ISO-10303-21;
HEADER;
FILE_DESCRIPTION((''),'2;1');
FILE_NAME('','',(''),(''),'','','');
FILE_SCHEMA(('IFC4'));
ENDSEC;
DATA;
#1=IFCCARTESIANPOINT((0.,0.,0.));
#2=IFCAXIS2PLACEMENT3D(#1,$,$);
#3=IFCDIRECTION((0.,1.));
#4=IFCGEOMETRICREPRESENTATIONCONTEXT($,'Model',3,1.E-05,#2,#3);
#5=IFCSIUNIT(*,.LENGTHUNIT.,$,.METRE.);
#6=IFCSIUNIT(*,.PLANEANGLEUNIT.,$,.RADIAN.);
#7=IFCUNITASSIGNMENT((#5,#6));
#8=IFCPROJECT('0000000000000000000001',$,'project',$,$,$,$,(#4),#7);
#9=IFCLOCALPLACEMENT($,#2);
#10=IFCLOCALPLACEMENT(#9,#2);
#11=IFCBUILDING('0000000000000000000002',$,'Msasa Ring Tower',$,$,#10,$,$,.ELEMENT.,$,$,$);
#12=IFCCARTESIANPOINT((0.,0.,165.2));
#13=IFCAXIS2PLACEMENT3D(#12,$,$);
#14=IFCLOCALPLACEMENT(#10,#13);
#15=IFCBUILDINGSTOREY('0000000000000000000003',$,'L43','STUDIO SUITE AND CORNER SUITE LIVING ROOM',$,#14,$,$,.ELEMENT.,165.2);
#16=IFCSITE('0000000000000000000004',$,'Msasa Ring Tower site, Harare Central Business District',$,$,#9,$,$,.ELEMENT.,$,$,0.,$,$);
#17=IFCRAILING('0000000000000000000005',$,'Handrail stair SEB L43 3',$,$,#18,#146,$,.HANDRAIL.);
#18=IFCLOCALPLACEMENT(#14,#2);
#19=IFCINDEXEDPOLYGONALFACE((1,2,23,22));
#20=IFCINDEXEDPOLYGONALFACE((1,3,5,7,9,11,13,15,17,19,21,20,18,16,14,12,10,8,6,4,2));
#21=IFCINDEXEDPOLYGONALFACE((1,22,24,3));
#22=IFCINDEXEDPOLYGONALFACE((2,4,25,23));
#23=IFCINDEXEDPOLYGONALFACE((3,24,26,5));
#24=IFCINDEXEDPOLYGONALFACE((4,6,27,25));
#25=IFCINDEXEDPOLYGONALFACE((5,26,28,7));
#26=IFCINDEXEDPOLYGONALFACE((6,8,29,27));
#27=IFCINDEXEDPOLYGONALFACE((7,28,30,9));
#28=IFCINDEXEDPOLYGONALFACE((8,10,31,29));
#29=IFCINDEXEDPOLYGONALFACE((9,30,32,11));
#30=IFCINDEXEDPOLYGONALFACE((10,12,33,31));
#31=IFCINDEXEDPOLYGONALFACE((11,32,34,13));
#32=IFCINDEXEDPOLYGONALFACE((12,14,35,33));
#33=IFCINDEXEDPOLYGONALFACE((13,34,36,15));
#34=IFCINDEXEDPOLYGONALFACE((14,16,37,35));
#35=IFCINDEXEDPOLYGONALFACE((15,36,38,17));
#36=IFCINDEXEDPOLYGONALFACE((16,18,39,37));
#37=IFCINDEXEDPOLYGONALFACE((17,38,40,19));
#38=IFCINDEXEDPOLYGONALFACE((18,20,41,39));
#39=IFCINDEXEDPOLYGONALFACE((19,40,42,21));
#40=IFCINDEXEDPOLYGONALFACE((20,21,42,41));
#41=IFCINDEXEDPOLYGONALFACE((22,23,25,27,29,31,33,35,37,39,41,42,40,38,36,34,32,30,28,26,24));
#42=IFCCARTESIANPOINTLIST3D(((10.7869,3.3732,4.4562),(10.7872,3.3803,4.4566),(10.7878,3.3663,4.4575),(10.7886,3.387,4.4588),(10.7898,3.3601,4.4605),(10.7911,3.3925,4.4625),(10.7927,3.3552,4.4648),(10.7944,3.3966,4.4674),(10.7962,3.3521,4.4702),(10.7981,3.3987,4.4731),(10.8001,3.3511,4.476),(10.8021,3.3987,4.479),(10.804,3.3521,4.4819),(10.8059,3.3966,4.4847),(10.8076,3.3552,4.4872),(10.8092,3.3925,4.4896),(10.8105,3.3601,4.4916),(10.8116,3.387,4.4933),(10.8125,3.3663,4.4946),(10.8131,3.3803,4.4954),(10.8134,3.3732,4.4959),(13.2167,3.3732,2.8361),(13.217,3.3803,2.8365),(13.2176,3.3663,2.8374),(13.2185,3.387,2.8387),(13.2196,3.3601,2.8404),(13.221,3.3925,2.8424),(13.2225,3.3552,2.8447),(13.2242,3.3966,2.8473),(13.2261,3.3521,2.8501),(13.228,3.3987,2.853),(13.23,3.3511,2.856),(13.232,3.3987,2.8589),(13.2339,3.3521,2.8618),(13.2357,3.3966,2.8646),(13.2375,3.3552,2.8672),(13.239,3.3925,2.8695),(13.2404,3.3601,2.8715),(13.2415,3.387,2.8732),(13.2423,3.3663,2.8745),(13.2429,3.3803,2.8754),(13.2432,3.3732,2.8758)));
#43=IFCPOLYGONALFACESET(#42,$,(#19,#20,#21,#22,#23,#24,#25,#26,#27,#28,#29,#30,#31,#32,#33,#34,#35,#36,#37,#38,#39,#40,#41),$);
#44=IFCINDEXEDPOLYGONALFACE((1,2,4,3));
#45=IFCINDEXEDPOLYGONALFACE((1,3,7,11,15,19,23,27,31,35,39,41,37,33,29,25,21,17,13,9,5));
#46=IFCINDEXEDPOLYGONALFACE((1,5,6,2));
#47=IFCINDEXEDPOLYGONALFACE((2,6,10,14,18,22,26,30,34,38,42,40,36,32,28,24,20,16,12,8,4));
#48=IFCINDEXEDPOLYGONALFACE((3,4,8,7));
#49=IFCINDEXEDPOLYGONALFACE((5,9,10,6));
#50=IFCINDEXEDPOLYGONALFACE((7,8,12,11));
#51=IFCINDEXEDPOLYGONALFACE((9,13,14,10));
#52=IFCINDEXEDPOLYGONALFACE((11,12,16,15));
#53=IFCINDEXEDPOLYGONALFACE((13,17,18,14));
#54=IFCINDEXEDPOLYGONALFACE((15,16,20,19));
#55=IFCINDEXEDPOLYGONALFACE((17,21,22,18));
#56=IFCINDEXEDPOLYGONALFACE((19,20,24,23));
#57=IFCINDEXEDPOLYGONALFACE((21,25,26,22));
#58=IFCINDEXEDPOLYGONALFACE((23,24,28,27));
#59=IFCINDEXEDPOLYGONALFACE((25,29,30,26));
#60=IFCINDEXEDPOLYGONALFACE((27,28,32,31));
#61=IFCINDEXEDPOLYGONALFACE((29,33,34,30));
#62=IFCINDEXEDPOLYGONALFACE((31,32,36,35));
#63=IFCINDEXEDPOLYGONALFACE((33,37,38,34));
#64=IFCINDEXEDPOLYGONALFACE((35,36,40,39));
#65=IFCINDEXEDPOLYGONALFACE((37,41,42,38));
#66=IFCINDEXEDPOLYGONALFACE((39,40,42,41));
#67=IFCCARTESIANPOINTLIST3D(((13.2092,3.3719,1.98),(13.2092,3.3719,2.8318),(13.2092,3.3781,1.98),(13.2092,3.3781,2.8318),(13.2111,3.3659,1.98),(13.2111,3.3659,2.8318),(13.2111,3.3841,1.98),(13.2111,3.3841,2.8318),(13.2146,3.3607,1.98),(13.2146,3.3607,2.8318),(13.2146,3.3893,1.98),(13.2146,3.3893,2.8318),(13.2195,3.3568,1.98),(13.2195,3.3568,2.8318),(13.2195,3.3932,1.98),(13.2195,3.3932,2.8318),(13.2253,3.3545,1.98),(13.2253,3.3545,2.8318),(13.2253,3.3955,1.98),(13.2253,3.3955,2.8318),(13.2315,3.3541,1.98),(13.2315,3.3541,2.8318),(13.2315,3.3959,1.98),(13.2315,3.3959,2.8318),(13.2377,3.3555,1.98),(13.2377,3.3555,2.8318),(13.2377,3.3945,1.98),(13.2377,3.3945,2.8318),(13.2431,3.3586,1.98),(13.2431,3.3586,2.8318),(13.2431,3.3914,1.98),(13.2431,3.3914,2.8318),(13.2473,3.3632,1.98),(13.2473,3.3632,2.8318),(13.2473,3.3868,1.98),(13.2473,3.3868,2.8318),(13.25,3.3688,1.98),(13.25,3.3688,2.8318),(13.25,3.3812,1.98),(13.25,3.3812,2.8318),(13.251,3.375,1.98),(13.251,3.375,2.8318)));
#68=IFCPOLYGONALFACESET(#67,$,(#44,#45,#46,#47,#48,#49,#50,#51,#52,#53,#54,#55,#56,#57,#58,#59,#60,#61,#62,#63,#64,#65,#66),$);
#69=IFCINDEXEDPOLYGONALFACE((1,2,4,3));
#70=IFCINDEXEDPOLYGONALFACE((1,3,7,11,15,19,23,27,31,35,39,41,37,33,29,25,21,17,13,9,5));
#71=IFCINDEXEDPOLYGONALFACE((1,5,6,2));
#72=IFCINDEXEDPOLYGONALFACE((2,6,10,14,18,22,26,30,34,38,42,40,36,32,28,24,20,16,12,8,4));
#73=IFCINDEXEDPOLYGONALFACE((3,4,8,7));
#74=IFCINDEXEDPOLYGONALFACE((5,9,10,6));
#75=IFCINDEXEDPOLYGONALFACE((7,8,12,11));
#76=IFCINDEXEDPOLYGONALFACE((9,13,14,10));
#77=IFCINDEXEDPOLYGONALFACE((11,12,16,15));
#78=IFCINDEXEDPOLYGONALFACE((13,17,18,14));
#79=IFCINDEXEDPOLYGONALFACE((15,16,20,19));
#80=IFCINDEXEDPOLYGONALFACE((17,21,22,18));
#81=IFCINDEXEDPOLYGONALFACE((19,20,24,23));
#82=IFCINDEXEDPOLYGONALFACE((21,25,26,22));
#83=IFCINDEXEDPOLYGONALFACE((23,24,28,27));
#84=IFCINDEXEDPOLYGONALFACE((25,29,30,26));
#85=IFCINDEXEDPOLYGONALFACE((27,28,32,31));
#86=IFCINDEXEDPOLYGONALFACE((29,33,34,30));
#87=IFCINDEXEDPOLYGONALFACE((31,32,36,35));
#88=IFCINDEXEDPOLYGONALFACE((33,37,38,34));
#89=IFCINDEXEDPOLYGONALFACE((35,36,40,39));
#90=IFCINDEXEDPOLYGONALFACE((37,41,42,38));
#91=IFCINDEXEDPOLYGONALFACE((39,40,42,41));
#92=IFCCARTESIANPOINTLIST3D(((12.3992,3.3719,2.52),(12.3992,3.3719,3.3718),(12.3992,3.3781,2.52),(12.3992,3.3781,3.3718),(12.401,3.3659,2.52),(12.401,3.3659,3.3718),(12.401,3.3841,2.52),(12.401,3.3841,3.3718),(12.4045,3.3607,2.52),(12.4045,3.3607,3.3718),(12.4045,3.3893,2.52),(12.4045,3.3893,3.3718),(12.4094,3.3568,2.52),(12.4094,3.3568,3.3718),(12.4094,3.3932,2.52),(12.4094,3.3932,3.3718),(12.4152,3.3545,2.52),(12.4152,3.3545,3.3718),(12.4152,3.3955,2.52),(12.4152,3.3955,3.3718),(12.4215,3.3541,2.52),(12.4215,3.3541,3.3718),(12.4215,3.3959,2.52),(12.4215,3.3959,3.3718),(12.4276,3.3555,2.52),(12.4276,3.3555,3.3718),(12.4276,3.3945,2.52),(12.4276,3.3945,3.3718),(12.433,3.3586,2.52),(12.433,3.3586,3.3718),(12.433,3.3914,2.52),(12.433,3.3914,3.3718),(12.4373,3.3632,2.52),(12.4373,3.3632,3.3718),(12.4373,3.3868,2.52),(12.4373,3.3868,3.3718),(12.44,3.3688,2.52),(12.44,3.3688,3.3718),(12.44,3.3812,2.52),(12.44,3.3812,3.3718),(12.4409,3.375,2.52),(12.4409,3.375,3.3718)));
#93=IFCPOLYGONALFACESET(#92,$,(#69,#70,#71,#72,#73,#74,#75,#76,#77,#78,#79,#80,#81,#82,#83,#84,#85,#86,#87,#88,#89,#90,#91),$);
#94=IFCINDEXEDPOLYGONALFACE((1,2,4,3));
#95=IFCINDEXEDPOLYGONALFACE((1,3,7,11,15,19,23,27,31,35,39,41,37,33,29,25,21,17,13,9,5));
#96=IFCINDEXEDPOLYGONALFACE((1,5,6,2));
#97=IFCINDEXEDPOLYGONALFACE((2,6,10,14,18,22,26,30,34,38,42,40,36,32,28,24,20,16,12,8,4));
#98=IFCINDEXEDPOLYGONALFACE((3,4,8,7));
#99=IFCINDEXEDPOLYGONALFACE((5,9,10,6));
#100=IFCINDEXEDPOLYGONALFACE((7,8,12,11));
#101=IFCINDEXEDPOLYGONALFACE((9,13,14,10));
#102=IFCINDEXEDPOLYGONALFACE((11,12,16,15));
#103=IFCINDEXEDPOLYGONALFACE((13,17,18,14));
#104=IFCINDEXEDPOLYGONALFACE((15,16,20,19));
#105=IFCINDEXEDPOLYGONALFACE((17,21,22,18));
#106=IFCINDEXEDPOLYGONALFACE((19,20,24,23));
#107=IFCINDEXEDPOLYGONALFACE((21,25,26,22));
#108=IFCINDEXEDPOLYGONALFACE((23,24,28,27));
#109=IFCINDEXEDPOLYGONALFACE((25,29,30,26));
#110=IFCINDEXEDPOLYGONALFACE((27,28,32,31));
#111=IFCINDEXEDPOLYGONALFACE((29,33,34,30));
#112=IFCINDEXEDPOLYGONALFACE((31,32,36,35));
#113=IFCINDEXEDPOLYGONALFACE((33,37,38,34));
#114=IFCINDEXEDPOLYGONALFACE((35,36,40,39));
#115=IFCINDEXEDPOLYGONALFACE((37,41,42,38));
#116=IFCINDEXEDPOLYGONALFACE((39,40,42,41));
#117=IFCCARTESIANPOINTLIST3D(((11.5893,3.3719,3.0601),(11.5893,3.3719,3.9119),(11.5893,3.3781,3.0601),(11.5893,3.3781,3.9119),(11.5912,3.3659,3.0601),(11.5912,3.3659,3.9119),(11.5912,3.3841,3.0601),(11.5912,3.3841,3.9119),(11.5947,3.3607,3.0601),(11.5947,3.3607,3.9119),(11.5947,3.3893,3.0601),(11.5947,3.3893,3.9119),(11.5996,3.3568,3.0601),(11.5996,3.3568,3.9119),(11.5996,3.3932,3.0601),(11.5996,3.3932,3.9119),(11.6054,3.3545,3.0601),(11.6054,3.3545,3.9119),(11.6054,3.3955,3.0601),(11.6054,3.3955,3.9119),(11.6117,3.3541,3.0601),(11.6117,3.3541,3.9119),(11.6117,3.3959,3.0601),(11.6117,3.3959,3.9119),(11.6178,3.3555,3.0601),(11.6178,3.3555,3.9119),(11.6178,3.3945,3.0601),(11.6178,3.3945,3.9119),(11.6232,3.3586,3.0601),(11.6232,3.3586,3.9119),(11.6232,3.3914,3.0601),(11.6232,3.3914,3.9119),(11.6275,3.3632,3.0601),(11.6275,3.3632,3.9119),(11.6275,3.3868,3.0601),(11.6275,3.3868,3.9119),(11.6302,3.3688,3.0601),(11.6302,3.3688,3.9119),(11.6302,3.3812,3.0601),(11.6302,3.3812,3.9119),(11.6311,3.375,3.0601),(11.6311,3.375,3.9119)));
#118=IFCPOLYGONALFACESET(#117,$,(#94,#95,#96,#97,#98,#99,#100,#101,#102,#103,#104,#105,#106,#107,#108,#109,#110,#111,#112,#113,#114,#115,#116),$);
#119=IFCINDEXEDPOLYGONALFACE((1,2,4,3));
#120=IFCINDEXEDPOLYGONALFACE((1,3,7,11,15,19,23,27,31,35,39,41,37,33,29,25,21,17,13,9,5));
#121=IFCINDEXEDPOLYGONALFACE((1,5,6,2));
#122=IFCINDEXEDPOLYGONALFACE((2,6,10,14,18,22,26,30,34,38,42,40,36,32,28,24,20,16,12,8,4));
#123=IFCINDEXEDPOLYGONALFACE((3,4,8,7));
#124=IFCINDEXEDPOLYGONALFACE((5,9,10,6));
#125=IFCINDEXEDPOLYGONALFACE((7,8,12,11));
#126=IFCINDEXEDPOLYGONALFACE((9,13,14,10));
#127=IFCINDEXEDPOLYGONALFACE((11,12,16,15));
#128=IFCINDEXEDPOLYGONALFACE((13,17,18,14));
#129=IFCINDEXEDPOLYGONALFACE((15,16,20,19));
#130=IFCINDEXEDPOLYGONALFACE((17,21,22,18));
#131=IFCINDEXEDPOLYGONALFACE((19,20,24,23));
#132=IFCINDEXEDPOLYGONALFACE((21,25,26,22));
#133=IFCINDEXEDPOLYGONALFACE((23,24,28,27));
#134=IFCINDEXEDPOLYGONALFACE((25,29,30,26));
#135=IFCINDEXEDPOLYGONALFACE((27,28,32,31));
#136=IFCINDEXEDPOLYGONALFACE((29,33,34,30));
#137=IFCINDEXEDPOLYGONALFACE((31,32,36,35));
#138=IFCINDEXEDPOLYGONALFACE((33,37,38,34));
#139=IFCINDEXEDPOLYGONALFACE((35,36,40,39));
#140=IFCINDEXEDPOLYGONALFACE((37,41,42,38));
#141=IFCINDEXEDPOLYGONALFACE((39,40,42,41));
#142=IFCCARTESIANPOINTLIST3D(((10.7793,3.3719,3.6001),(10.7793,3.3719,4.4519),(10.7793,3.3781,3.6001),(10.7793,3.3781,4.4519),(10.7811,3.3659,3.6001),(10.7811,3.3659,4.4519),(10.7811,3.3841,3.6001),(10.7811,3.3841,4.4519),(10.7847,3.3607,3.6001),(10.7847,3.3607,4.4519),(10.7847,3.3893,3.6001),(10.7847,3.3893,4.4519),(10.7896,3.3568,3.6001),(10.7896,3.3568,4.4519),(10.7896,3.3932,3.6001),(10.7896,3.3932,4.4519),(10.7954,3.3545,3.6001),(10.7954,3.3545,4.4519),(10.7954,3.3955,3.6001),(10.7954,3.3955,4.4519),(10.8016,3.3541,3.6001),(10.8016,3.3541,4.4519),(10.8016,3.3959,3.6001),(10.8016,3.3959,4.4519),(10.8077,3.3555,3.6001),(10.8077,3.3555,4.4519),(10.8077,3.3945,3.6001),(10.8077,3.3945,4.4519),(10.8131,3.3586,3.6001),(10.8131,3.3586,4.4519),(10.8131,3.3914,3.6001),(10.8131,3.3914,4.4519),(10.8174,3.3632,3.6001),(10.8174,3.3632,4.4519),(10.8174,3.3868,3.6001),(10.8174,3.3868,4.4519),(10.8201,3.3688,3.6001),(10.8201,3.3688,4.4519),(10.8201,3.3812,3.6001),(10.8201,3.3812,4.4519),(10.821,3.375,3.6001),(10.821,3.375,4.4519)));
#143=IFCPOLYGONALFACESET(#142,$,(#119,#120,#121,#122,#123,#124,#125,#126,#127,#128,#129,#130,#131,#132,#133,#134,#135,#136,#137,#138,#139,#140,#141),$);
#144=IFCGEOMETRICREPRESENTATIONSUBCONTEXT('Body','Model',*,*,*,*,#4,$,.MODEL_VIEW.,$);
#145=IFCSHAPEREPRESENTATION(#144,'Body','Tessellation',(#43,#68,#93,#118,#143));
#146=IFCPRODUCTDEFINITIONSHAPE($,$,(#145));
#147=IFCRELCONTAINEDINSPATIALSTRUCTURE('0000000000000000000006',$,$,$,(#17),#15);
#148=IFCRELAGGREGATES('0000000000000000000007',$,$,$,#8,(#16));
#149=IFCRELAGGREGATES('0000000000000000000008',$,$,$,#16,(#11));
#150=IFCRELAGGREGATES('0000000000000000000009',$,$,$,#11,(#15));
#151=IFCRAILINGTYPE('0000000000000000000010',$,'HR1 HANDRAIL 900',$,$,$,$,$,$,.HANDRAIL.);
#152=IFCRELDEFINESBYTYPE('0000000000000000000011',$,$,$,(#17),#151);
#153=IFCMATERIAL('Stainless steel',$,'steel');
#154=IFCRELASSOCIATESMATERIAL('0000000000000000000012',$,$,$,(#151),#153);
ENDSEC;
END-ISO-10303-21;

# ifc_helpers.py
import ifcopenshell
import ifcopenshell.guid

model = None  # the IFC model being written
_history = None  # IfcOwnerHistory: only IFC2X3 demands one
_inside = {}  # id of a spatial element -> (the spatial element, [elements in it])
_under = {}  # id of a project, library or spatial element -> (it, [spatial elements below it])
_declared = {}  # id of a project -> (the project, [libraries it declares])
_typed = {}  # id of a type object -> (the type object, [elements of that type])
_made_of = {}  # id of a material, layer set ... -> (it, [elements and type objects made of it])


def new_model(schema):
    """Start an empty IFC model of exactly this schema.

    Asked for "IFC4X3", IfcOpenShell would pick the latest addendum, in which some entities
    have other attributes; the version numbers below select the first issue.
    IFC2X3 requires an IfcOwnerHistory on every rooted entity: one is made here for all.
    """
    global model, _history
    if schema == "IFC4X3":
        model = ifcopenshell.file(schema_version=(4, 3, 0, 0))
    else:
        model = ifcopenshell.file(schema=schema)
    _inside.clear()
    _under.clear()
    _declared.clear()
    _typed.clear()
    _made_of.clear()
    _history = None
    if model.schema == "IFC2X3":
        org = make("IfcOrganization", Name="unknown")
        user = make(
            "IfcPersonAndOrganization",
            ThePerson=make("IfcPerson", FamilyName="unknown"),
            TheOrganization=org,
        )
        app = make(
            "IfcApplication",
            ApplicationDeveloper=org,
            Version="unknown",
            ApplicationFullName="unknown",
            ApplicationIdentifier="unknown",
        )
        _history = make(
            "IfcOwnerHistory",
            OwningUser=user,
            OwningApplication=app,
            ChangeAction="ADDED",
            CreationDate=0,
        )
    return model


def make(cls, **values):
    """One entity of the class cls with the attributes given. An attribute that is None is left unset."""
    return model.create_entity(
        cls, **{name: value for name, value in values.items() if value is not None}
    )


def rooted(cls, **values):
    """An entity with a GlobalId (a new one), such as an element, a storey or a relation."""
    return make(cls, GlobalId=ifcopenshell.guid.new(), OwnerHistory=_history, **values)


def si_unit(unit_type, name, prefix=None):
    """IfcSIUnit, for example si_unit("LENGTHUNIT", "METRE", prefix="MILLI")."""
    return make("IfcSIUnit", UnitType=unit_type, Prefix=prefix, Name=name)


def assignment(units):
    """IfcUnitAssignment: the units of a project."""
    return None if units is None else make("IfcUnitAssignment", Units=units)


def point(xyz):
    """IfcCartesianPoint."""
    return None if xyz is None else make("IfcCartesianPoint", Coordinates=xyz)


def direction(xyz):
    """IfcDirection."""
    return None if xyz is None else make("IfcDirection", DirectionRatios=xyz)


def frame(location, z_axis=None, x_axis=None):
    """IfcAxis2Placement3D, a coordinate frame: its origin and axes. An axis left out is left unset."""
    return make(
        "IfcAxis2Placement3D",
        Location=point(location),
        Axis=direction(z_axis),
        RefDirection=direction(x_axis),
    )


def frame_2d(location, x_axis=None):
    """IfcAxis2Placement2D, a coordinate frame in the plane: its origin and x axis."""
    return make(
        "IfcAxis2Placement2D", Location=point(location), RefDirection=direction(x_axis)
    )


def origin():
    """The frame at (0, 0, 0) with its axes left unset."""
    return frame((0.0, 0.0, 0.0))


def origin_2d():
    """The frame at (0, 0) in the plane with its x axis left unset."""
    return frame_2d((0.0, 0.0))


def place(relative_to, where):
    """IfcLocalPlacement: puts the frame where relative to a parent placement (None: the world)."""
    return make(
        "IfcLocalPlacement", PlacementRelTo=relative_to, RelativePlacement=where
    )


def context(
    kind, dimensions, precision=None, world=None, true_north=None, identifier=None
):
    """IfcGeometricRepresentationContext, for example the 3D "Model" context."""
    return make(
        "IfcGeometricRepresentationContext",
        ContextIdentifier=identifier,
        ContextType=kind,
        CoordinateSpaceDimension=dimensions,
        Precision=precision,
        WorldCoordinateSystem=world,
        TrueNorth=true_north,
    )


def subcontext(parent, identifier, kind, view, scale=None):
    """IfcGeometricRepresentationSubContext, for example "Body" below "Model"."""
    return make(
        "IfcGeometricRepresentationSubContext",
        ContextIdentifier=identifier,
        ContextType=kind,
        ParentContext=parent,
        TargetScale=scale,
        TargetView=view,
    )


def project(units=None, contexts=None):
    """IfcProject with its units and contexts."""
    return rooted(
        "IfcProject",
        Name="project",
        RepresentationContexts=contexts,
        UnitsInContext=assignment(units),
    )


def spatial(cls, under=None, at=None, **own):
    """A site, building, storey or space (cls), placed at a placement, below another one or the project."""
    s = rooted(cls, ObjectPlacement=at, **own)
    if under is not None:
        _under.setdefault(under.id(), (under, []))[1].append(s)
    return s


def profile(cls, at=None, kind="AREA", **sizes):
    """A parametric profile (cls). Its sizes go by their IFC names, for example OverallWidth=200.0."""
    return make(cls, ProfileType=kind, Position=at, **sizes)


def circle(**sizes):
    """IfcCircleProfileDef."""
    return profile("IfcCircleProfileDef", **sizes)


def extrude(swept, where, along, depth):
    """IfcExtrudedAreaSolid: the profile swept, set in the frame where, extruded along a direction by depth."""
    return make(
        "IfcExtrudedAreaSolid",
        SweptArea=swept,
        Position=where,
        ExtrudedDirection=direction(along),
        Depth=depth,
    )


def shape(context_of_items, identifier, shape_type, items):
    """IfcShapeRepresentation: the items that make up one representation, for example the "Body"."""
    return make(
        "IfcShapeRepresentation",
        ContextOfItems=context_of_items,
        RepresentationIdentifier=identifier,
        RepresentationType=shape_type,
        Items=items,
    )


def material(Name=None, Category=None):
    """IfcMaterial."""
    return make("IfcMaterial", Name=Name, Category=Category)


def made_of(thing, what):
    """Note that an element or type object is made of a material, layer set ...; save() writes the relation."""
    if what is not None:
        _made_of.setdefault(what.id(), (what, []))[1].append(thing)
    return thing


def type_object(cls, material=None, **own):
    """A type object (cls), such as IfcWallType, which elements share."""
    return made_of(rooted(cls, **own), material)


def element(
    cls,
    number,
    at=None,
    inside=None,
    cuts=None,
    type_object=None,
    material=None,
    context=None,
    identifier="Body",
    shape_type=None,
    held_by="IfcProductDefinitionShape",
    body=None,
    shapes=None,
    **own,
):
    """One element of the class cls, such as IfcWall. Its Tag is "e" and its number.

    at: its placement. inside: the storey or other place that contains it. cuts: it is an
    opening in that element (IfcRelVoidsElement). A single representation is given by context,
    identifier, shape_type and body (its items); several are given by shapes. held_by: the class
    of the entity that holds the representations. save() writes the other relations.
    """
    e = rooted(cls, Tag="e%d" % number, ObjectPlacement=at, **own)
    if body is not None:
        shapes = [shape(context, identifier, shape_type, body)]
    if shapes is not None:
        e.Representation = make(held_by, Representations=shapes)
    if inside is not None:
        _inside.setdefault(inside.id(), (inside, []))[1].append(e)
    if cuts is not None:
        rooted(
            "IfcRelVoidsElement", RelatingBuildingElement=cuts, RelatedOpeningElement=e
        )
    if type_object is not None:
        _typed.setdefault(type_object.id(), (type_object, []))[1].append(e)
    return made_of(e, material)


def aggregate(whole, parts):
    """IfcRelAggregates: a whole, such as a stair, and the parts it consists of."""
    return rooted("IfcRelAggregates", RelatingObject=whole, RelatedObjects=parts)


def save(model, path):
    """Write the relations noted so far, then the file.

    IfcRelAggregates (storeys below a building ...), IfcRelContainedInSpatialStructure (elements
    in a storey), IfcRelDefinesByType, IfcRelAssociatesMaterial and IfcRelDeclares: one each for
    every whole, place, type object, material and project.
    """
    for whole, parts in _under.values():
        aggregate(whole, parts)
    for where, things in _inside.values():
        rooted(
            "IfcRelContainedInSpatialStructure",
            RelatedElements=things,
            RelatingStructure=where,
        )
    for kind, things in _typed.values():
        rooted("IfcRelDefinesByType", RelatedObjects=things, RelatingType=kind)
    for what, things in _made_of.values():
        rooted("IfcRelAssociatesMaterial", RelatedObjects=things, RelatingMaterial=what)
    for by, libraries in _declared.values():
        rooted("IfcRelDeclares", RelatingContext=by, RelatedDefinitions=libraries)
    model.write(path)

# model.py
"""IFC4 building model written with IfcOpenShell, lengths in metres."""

from ifc_helpers import new_model, si_unit, direction, frame, origin, origin_2d, place, context, subcontext, project, spatial, circle, extrude, material, type_object, element, save


model = new_model("IFC4")

# Units and contexts
model_context = context("Model", 3, precision=1e-05, world=origin(), true_north=direction((0.0, 1.0)))
body_context = subcontext(model_context, "Body", "Model", "MODEL_VIEW")
ifc_project = project(units=[si_unit("LENGTHUNIT", "METRE"), si_unit("PLANEANGLEUNIT", "RADIAN")], contexts=[model_context])

# Site, building, storey
site_placement = place(None, origin())
site = spatial("IfcSite", under=ifc_project, at=site_placement, Name="Msasa Ring Tower site, Harare Central Business District", CompositionType="ELEMENT", RefElevation=0.0)
building_placement = place(site_placement, origin())
building = spatial("IfcBuilding", under=site, at=building_placement, Name="Msasa Ring Tower", CompositionType="ELEMENT")
storey_placement = place(building_placement, frame((0.0, 0.0, 165.2)))
storey = spatial("IfcBuildingStorey", under=building, at=storey_placement, Name="L43", Description="STUDIO SUITE AND CORNER SUITE LIVING ROOM", CompositionType="ELEMENT", Elevation=165.2)

# Railing
ifc_material_1 = material(Name="Stainless steel", Category="steel")
railing_type = type_object("IfcRailingType", Name="HR1 HANDRAIL 900", PredefinedType="HANDRAIL", material=ifc_material_1)
for number, where, name in (
    (1, (13.23, 3.375, 1.98), "Handrail stair SEB L43 3"),
):
    element("IfcRailing", number, at=place(storey_placement, frame(where)), inside=storey, type_object=railing_type, Name=name, PredefinedType="HANDRAIL", context=body_context, shape_type="SweptSolid", body=[
        extrude(circle(Radius=0.0239, at=origin_2d()), frame((0.0, 0.0, 0.876), z_axis=(-0.832025, 0.0, 0.554739), x_axis=(0.0, -1.0, 0.0)), (0.0, 0.0, 1.0), 2.9204),
        extrude(circle(Radius=0.021, at=origin_2d()), origin(), (0.0, 0.0, 1.0), 0.8518),
        extrude(circle(Radius=0.021, at=origin_2d()), frame((-0.8101, 0.0, 0.54)), (0.0, 0.0, 1.0), 0.8518),
        extrude(circle(Radius=0.021, at=origin_2d()), frame((-1.6199, 0.0, 1.0801)), (0.0, 0.0, 1.0), 0.8518),
        extrude(circle(Radius=0.021, at=origin_2d()), frame((-2.4299, 0.0, 1.6201)), (0.0, 0.0, 1.0), 0.8518),
    ])

save(model, "model.ifc")
